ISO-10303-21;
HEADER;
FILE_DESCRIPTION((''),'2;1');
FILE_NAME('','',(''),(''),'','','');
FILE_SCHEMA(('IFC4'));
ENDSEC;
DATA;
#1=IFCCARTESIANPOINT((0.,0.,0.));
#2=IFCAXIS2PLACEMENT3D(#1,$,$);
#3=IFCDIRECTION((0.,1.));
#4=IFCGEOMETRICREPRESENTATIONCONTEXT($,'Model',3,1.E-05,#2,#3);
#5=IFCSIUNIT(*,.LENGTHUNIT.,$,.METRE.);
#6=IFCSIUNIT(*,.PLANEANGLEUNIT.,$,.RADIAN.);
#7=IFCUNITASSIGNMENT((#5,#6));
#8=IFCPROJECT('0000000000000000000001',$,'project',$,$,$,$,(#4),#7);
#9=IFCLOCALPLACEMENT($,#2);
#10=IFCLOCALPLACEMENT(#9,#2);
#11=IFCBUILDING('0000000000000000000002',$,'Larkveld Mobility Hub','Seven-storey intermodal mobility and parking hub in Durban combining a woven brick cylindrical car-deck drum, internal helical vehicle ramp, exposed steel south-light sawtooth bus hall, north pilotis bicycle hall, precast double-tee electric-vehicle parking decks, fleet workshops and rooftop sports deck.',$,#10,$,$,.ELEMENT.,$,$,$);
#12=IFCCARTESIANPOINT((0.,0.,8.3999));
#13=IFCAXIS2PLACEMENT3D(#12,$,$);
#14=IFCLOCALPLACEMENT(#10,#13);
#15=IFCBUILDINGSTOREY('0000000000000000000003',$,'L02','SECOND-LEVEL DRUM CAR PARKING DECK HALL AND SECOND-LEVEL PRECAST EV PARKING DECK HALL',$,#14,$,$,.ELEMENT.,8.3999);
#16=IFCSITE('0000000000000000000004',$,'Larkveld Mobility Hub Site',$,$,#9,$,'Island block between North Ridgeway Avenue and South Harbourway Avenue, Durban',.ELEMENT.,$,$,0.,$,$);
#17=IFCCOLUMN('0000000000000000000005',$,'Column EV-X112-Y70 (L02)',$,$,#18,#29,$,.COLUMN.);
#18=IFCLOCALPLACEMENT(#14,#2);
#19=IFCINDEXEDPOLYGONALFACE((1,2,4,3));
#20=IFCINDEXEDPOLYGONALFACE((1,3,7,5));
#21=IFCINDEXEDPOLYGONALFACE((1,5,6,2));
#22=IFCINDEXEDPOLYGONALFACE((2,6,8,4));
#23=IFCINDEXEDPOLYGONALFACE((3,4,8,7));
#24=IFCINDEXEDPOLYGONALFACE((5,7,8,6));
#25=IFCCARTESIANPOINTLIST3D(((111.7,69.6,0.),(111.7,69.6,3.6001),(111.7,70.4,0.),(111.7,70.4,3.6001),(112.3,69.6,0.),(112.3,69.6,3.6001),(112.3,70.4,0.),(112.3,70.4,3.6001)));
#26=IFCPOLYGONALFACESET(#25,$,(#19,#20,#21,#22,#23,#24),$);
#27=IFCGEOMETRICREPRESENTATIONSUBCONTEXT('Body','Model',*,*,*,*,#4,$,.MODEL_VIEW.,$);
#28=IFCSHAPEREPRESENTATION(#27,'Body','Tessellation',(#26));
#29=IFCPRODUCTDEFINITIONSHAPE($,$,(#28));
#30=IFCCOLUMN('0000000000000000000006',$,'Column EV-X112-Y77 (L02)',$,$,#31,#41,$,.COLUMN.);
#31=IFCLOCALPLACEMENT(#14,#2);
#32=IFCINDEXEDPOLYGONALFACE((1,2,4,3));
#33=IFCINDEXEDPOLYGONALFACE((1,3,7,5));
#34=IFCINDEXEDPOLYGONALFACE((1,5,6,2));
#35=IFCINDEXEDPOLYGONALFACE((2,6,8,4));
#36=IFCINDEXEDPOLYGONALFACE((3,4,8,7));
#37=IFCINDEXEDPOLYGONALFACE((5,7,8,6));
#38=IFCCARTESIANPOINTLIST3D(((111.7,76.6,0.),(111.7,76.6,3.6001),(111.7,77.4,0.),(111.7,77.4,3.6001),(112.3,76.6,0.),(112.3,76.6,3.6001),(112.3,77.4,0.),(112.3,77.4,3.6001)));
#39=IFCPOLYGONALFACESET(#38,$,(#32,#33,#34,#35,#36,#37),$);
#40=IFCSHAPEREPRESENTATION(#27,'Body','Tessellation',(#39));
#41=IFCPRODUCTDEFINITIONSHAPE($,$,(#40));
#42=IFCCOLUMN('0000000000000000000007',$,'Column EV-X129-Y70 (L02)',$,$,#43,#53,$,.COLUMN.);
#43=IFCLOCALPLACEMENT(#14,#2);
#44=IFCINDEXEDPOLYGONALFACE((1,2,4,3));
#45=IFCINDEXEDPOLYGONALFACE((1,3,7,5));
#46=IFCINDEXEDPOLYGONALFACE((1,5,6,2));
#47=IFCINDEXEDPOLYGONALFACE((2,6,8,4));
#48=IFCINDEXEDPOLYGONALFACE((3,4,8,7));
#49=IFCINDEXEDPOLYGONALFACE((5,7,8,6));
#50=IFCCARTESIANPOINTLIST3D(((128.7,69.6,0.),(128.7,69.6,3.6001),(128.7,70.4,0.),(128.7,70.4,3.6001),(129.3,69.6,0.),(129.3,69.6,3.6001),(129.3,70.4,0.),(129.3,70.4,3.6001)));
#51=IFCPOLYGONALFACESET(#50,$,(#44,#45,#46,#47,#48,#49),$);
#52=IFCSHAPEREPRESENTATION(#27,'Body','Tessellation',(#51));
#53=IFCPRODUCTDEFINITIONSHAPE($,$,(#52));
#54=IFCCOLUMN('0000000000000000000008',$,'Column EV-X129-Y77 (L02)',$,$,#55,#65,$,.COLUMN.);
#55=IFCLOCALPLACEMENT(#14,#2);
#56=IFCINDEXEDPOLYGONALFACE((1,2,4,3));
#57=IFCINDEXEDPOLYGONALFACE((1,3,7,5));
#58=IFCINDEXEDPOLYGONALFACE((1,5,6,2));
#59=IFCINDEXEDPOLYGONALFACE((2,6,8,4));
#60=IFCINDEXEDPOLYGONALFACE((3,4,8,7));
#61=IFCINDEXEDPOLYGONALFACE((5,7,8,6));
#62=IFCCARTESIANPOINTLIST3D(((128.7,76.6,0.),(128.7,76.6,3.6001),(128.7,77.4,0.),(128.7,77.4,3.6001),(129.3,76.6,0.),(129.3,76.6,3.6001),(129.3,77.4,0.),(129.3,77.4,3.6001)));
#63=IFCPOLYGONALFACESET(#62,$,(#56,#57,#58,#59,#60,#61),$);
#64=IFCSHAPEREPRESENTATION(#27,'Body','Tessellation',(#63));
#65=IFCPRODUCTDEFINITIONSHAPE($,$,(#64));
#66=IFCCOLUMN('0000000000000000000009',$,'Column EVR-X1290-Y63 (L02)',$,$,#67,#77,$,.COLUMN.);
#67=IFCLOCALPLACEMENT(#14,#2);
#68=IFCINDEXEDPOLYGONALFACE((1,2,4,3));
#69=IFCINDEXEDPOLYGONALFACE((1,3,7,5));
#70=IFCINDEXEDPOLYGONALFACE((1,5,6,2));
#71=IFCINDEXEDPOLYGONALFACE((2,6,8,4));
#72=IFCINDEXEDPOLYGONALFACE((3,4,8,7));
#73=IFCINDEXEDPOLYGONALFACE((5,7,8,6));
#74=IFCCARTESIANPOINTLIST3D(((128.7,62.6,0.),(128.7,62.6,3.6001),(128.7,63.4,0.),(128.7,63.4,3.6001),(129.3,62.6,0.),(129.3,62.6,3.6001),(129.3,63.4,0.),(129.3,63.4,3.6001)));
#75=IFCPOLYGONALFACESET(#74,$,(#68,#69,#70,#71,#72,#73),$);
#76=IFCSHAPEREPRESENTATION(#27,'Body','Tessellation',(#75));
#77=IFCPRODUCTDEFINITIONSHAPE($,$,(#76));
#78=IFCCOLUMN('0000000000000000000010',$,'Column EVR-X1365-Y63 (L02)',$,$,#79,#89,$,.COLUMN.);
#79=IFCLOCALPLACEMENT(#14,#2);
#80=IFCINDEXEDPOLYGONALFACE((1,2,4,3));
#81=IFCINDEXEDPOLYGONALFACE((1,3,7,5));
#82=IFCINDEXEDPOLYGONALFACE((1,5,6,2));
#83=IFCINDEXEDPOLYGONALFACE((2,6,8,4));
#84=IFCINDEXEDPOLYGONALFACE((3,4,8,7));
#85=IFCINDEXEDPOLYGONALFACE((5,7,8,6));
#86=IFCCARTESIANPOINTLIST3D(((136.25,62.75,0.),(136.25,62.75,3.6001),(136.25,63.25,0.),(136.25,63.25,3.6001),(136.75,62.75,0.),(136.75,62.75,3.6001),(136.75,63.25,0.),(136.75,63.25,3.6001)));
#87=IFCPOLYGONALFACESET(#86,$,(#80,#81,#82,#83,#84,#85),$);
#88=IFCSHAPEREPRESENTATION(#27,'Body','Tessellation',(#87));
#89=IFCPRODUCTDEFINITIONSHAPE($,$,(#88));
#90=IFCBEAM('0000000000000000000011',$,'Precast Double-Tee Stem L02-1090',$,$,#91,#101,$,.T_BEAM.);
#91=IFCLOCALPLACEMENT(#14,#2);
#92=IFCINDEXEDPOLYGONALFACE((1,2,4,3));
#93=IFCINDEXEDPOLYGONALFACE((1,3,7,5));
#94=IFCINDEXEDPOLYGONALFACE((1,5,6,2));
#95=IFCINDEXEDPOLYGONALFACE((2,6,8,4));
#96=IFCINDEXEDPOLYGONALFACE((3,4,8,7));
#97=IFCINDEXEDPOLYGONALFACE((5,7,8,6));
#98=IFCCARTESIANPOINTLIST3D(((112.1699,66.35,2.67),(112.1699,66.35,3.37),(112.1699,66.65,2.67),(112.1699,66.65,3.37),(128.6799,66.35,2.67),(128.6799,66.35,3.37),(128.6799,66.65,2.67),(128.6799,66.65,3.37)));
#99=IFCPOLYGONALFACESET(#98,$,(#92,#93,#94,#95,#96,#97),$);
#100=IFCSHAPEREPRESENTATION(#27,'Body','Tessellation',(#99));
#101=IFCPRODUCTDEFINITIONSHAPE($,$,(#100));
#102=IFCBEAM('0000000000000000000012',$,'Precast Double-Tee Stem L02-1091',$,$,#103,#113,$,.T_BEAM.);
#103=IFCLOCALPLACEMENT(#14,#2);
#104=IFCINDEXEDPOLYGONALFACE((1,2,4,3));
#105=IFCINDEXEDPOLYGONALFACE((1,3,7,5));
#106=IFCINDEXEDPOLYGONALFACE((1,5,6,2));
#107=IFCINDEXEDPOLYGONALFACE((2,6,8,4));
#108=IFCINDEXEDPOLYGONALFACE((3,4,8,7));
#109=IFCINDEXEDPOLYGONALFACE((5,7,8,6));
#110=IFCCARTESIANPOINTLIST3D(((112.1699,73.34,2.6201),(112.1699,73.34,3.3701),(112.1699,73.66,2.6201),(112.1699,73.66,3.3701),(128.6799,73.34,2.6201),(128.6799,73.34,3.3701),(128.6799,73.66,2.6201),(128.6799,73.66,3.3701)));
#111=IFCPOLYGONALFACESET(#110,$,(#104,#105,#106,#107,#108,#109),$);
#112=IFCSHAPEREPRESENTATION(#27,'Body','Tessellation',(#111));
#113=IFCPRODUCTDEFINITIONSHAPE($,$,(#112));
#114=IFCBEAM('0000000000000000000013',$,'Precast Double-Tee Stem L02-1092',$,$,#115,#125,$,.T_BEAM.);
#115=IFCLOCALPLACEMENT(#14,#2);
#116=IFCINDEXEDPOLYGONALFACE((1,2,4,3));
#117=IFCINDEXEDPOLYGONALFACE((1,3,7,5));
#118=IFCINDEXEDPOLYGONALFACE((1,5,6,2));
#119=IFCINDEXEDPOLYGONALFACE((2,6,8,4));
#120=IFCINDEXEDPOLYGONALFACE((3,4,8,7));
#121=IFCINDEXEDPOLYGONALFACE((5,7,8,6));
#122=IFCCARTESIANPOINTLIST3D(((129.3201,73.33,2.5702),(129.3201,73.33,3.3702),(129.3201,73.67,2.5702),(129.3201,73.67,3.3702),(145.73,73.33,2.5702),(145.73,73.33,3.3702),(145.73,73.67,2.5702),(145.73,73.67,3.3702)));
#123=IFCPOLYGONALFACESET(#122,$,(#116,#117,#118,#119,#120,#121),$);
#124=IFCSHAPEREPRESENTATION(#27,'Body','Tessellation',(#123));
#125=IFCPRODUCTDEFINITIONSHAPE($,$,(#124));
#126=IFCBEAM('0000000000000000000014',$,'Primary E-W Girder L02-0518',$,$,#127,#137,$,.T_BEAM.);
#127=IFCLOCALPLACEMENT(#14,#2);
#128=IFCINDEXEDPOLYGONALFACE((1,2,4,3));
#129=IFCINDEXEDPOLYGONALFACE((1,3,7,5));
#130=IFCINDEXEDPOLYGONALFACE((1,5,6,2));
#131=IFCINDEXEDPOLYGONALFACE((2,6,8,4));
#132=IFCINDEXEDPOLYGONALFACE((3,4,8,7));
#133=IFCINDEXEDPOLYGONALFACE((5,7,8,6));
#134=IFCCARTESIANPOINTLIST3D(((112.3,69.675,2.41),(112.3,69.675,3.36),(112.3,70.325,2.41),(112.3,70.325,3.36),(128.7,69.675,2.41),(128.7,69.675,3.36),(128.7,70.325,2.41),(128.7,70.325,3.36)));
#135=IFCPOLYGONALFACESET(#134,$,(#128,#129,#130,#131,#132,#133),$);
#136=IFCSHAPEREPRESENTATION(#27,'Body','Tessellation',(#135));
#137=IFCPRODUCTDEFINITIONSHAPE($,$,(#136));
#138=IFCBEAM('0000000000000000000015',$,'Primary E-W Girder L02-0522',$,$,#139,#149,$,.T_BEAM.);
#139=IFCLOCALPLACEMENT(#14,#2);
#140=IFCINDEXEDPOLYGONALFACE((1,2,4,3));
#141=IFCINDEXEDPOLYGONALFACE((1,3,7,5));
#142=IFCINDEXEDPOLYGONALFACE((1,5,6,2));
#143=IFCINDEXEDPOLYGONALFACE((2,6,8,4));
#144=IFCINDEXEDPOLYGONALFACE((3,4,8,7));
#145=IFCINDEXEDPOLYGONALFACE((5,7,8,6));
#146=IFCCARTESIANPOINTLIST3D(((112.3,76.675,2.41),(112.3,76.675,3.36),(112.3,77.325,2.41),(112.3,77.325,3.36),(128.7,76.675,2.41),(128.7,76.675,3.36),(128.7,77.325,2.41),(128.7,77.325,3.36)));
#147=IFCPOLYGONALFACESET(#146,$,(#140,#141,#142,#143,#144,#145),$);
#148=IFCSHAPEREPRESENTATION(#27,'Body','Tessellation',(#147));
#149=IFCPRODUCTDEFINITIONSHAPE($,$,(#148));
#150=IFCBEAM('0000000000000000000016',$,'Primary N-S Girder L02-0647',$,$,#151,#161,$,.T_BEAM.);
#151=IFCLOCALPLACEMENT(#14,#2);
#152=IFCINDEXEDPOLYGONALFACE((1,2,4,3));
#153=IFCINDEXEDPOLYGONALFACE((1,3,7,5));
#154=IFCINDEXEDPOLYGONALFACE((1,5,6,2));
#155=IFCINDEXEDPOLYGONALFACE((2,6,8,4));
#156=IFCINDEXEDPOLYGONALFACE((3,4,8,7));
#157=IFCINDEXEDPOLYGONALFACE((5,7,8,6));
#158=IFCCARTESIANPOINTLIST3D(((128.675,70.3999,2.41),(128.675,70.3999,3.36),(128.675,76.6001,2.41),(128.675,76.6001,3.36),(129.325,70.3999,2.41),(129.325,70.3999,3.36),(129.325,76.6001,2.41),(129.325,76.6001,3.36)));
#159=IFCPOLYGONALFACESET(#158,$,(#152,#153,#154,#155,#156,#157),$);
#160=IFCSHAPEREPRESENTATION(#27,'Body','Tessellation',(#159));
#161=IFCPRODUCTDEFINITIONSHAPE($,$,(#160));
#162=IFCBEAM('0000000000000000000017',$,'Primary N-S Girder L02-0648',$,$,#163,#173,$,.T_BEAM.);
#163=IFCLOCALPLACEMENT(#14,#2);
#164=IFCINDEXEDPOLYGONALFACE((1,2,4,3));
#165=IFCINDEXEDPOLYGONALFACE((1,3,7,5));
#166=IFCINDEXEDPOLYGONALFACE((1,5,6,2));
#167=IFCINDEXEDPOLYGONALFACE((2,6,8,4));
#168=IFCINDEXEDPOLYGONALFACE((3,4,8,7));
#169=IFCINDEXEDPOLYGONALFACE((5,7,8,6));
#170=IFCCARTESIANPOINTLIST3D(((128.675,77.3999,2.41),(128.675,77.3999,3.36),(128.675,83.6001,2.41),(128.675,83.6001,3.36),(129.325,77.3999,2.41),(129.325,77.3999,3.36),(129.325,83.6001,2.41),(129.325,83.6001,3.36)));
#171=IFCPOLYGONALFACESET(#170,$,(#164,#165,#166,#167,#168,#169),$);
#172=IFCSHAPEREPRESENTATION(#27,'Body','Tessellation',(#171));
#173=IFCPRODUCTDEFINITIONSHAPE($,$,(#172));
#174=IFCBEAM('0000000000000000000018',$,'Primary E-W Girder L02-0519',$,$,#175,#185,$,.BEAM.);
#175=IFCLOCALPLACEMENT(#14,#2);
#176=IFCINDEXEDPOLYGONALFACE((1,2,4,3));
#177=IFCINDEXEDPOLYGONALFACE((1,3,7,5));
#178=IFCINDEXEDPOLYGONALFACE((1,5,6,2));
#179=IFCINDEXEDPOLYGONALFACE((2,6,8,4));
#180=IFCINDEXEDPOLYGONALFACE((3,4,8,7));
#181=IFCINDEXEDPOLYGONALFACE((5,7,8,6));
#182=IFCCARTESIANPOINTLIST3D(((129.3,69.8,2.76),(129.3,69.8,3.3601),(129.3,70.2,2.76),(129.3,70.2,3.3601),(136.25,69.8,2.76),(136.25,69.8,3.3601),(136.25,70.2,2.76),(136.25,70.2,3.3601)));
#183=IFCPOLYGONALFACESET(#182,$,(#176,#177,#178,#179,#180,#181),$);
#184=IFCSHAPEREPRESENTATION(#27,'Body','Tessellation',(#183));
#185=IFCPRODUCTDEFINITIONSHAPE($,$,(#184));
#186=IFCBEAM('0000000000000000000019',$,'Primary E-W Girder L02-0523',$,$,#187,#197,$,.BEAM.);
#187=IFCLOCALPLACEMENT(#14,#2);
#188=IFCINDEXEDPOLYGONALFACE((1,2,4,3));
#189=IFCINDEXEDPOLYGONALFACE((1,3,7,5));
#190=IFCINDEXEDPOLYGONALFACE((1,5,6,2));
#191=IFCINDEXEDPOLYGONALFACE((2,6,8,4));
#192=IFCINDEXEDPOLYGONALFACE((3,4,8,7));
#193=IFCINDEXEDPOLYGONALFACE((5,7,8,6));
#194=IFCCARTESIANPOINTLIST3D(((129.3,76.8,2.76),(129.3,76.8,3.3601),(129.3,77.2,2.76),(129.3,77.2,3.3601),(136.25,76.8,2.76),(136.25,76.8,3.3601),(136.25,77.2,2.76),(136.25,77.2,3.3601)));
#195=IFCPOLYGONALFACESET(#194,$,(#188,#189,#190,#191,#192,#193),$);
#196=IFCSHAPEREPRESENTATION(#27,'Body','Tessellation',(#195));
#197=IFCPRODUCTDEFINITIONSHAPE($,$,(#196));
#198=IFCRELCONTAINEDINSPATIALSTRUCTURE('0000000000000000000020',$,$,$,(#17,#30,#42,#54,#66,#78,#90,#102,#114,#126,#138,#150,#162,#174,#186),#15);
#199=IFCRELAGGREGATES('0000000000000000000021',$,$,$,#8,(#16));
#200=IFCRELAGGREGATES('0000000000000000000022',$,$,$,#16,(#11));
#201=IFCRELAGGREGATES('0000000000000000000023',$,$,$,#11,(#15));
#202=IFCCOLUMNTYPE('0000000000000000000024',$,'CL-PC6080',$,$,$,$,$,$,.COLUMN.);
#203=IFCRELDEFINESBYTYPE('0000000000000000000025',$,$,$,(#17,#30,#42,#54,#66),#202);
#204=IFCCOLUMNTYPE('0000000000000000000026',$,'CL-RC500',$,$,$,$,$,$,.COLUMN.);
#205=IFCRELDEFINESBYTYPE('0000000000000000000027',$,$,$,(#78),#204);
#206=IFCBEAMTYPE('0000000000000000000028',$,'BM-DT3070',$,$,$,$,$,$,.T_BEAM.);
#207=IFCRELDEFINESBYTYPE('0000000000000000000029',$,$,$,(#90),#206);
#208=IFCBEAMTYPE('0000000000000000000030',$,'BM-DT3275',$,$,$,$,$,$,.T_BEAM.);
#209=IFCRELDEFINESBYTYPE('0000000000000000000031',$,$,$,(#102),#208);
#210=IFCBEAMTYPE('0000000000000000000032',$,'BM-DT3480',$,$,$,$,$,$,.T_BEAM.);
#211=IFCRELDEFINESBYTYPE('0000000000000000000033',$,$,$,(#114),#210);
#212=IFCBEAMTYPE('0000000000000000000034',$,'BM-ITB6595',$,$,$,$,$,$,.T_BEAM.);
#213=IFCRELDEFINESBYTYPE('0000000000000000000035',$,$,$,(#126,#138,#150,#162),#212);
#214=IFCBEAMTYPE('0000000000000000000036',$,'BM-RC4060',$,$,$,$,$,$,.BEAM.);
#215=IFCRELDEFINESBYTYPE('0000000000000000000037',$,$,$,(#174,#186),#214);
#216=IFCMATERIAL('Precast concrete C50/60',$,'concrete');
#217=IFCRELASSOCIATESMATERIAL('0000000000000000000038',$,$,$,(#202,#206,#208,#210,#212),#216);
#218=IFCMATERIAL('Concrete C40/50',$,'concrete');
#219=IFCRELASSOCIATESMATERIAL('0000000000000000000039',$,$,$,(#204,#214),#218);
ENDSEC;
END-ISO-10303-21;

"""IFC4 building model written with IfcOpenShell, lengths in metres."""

from ifc_helpers import new_model, si_unit, direction, frame, origin, origin_2d, place, context, subcontext, project, spatial, rectangle, extrude, material, material_profile, profile_set, type_object, element, save


model = new_model("IFC4")

# Units and contexts
model_context = context("Model", 3, precision=1e-05, world=origin(), true_north=direction((0.0, 1.0)))
body_context = subcontext(model_context, "Body", "Model", "MODEL_VIEW")
ifc_project = project(units=[si_unit("LENGTHUNIT", "METRE"), si_unit("PLANEANGLEUNIT", "RADIAN")], contexts=[model_context])

# Site, building, storey
site_placement = place(None, origin())
site = spatial("IfcSite", under=ifc_project, at=site_placement, Name="Larkveld Mobility Hub Site", LongName="Island block between North Ridgeway Avenue and South Harbourway Avenue, Durban", CompositionType="ELEMENT", RefElevation=0.0)
building_placement = place(site_placement, origin())
building = spatial("IfcBuilding", under=site, at=building_placement, Name="Larkveld Mobility Hub", Description="Seven-storey intermodal mobility and parking hub in Durban combining a woven brick cylindrical car-deck drum, internal helical vehicle ramp, exposed steel south-light sawtooth bus hall, north pilotis bicycle hall, precast double-tee electric-vehicle parking decks, fleet workshops and rooftop sports deck.", CompositionType="ELEMENT")
storey_placement = place(building_placement, frame((0.0, 0.0, 8.3999)))
storey = spatial("IfcBuildingStorey", under=building, at=storey_placement, Name="L02", Description="SECOND-LEVEL DRUM CAR PARKING DECK HALL AND SECOND-LEVEL PRECAST EV PARKING DECK HALL", CompositionType="ELEMENT", Elevation=8.3999)

# Columns
ifc_material_1 = material(Name="Precast concrete C50/60", Category="concrete")
ifc_material_profile_1 = material_profile(ifc_material_1, rectangle(XDim=0.6001, YDim=0.8, at=origin_2d()), Name="RC COL 600x800")
ifc_profile_set_1 = profile_set([ifc_material_profile_1], Name="Precast concrete C50/60")
column_type_1 = type_object("IfcColumnType", Name="CL-PC6080", PredefinedType="COLUMN", material=ifc_profile_set_1)
for number, where, z_axis, x_axis, name in (
    (1, (112.0, 70.0, 0.0), (0.0, 0.0, 1.0), (1.0, 0.0, 0.0), "Column EV-X112-Y70 (L02)"),
    (2, (112.0, 77.0, 0.0), (0.0, 0.0, 1.0), (1.0, 0.0, 0.0), "Column EV-X112-Y77 (L02)"),
    (3, (129.0, 70.0, 0.0), (0.0, 0.0, 1.0), (1.0, 0.0, 0.0), "Column EV-X129-Y70 (L02)"),
    (4, (129.0, 77.0, 0.0), (0.0, 0.0, 1.0), (1.0, 0.0, 0.0), "Column EV-X129-Y77 (L02)"),
    (5, (129.0, 63.0, 0.0), (0.0, 0.0, 1.0), (1.0, 0.0, 0.0), "Column EVR-X1290-Y63 (L02)"),
):
    element("IfcColumn", number, at=place(storey_placement, frame(where, z_axis=z_axis, x_axis=x_axis)), inside=storey, type_object=column_type_1, Name=name, PredefinedType="COLUMN", context=body_context, shape_type="SweptSolid", body=[
        extrude(rectangle(XDim=0.6001, YDim=0.8, at=origin_2d()), origin(), (0.0, 0.0, 1.0), 3.6001),
    ])
ifc_material_2 = material(Name="Concrete C40/50", Category="concrete")
ifc_material_profile_2 = material_profile(ifc_material_2, rectangle(XDim=0.5, YDim=0.5, at=origin_2d()), Name="RC COL 500x500")
ifc_profile_set_2 = profile_set([ifc_material_profile_2], Name="Concrete C40/50")
column_type_2 = type_object("IfcColumnType", Name="CL-RC500", PredefinedType="COLUMN", material=ifc_profile_set_2)
column_placement = place(storey_placement, frame((136.5, 63.0, 0.0), z_axis=(0.0, 0.0, 1.0), x_axis=(1.0, 0.0, 0.0)))
element("IfcColumn", 6, at=column_placement, inside=storey, type_object=column_type_2, Name="Column EVR-X1365-Y63 (L02)", PredefinedType="COLUMN", context=body_context, shape_type="SweptSolid", body=[
    extrude(rectangle(XDim=0.5, YDim=0.5, at=origin_2d()), origin(), (0.0, 0.0, 1.0), 3.6001),
])

# Beams
ifc_material_profile_3 = material_profile(ifc_material_1, rectangle(XDim=0.3, YDim=0.7, at=origin_2d()), Name="PC DT 300x700")
ifc_profile_set_3 = profile_set([ifc_material_profile_3], Name="Precast concrete C50/60")
beam_type_1 = type_object("IfcBeamType", Name="BM-DT3070", PredefinedType="T_BEAM", material=ifc_profile_set_3)
beam_1_placement = place(storey_placement, frame((112.1699, 66.5, 3.02), z_axis=(1.0, 0.0, 0.0), x_axis=(0.0, 1.0, 0.0)))
element("IfcBeam", 7, at=beam_1_placement, inside=storey, type_object=beam_type_1, Name="Precast Double-Tee Stem L02-1090", PredefinedType="T_BEAM", context=body_context, shape_type="SweptSolid", body=[
    extrude(rectangle(XDim=0.3, YDim=0.7, at=origin_2d()), origin(), (0.0, 0.0, 1.0), 16.51),
])
ifc_material_profile_4 = material_profile(ifc_material_1, rectangle(XDim=0.3201, YDim=0.75, at=origin_2d()), Name="PC DT 320x750")
ifc_profile_set_4 = profile_set([ifc_material_profile_4], Name="Precast concrete C50/60")
beam_type_2 = type_object("IfcBeamType", Name="BM-DT3275", PredefinedType="T_BEAM", material=ifc_profile_set_4)
beam_2_placement = place(storey_placement, frame((112.1699, 73.5, 2.9951), z_axis=(1.0, 0.0, 0.0), x_axis=(0.0, 1.0, 0.0)))
element("IfcBeam", 8, at=beam_2_placement, inside=storey, type_object=beam_type_2, Name="Precast Double-Tee Stem L02-1091", PredefinedType="T_BEAM", context=body_context, shape_type="SweptSolid", body=[
    extrude(rectangle(XDim=0.3201, YDim=0.75, at=origin_2d()), origin(), (0.0, 0.0, 1.0), 16.51),
])
ifc_material_profile_5 = material_profile(ifc_material_1, rectangle(XDim=0.3401, YDim=0.8, at=origin_2d()), Name="PC DT 340x800")
ifc_profile_set_5 = profile_set([ifc_material_profile_5], Name="Precast concrete C50/60")
beam_type_3 = type_object("IfcBeamType", Name="BM-DT3480", PredefinedType="T_BEAM", material=ifc_profile_set_5)
beam_3_placement = place(storey_placement, frame((129.3201, 73.5, 2.9702), z_axis=(1.0, 0.0, 0.0), x_axis=(0.0, 1.0, 0.0)))
element("IfcBeam", 9, at=beam_3_placement, inside=storey, type_object=beam_type_3, Name="Precast Double-Tee Stem L02-1092", PredefinedType="T_BEAM", context=body_context, shape_type="SweptSolid", body=[
    extrude(rectangle(XDim=0.3401, YDim=0.8, at=origin_2d()), origin(), (0.0, 0.0, 1.0), 16.4099),
])
ifc_material_profile_6 = material_profile(ifc_material_1, rectangle(XDim=0.6499, YDim=0.95, at=origin_2d()), Name="PC ITB 650x950")
ifc_profile_set_6 = profile_set([ifc_material_profile_6], Name="Precast concrete C50/60")
beam_type_4 = type_object("IfcBeamType", Name="BM-ITB6595", PredefinedType="T_BEAM", material=ifc_profile_set_6)
for number, where, z_axis, x_axis, name in (
    (10, (112.3, 70.0, 2.885), (1.0, 0.0, 0.0), (0.0, 1.0, 0.0), "Primary E-W Girder L02-0518"),
    (11, (112.3, 77.0, 2.885), (1.0, 0.0, 0.0), (0.0, 1.0, 0.0), "Primary E-W Girder L02-0522"),
):
    element("IfcBeam", number, at=place(storey_placement, frame(where, z_axis=z_axis, x_axis=x_axis)), inside=storey, type_object=beam_type_4, Name=name, PredefinedType="T_BEAM", context=body_context, shape_type="SweptSolid", body=[
        extrude(rectangle(XDim=0.6499, YDim=0.95, at=origin_2d()), origin(), (0.0, 0.0, 1.0), 16.3999),
    ])
for number, where, z_axis, x_axis, name in (
    (12, (129.0, 70.3999, 2.885), (0.0, 1.0, 0.0), (-1.0, 0.0, 0.0), "Primary N-S Girder L02-0647"),
    (13, (129.0, 77.3999, 2.885), (0.0, 1.0, 0.0), (-1.0, 0.0, 0.0), "Primary N-S Girder L02-0648"),
):
    element("IfcBeam", number, at=place(storey_placement, frame(where, z_axis=z_axis, x_axis=x_axis)), inside=storey, type_object=beam_type_4, Name=name, PredefinedType="T_BEAM", context=body_context, shape_type="SweptSolid", body=[
        extrude(rectangle(XDim=0.6499, YDim=0.95, at=origin_2d()), origin(), (0.0, 0.0, 1.0), 6.2002),
    ])
ifc_material_profile_7 = material_profile(ifc_material_2, rectangle(XDim=0.3999, YDim=0.6001, at=origin_2d()), Name="RC BM 400x600")
ifc_profile_set_7 = profile_set([ifc_material_profile_7], Name="Concrete C40/50")
beam_type_5 = type_object("IfcBeamType", Name="BM-RC4060", PredefinedType="BEAM", material=ifc_profile_set_7)
for number, where, z_axis, x_axis, name in (
    (14, (129.3, 70.0, 3.0601), (1.0, 0.0, 0.0), (0.0, 1.0, 0.0), "Primary E-W Girder L02-0519"),
    (15, (129.3, 77.0, 3.0601), (1.0, 0.0, 0.0), (0.0, 1.0, 0.0), "Primary E-W Girder L02-0523"),
):
    element("IfcBeam", number, at=place(storey_placement, frame(where, z_axis=z_axis, x_axis=x_axis)), inside=storey, type_object=beam_type_5, Name=name, PredefinedType="BEAM", context=body_context, shape_type="SweptSolid", body=[
        extrude(rectangle(XDim=0.3999, YDim=0.6001, at=origin_2d()), origin(), (0.0, 0.0, 1.0), 6.95),
    ])

save(model, "model.ifc")
